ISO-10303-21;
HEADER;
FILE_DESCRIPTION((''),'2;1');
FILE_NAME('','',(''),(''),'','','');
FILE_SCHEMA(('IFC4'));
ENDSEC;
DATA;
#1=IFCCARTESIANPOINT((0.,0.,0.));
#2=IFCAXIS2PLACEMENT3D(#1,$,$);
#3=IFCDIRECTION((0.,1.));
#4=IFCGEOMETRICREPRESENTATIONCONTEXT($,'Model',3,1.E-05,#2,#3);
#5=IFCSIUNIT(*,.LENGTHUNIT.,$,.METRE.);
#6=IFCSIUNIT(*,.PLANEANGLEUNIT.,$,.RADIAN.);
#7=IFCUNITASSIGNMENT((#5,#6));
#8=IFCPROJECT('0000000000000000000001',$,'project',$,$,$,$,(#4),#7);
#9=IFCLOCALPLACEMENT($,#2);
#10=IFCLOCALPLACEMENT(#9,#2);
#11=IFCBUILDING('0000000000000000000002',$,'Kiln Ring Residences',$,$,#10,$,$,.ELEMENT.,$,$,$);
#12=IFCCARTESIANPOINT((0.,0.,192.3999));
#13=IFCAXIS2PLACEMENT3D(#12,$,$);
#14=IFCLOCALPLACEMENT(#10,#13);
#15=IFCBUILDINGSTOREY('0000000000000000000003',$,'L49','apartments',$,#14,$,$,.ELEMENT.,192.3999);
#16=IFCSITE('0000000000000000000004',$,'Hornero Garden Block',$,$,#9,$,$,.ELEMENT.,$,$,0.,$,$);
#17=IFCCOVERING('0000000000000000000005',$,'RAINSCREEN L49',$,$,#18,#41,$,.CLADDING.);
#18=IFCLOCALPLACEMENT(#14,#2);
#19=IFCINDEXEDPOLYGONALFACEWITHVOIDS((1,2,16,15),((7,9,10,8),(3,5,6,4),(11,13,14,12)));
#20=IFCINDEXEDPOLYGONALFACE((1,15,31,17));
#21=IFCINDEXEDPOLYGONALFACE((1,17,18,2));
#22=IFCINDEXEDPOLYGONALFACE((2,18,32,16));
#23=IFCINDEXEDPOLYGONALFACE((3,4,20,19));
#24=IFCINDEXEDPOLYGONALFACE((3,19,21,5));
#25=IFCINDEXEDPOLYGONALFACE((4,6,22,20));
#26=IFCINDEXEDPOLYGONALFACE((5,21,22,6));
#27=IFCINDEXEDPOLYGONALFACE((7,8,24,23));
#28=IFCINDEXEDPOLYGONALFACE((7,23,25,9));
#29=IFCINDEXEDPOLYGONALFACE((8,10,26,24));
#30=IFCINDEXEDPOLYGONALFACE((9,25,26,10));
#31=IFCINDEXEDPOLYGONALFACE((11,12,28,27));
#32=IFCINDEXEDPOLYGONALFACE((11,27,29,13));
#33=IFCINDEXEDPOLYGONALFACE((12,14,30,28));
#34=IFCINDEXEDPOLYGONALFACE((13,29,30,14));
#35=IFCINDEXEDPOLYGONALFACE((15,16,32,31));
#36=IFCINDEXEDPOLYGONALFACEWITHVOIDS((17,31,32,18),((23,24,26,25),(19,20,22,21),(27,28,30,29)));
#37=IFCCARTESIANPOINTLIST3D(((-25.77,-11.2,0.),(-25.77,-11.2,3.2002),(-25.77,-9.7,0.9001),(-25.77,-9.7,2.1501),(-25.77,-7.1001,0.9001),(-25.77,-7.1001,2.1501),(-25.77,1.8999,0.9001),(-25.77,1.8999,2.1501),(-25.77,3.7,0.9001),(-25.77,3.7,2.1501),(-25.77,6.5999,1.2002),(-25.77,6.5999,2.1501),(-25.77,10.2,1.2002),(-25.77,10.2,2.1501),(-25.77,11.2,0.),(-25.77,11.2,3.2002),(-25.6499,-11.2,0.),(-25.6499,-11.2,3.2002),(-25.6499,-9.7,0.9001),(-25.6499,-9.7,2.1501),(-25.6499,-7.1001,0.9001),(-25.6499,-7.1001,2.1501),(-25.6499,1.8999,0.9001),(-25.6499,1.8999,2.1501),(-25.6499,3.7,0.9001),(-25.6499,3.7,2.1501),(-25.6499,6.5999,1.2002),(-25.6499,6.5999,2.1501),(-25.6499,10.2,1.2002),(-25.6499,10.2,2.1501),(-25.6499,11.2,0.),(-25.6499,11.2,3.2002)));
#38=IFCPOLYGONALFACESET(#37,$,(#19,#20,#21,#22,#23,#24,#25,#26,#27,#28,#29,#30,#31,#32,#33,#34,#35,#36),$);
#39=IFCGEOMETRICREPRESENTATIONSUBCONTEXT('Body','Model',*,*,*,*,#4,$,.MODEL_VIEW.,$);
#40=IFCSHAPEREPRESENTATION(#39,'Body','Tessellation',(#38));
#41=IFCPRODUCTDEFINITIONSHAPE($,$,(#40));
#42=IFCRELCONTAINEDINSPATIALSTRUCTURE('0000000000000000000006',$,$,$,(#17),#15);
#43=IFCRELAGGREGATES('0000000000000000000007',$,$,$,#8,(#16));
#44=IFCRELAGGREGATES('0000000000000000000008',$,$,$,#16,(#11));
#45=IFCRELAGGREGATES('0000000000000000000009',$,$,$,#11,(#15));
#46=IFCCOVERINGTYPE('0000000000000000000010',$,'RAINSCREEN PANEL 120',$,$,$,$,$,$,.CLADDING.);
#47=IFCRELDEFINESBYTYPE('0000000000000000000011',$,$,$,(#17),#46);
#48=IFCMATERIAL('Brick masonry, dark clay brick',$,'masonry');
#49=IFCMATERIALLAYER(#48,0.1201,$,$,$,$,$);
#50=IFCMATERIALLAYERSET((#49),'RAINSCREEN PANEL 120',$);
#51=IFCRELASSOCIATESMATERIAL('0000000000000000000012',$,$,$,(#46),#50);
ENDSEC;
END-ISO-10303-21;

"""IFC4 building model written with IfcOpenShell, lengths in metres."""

from ifc_helpers import new_model, si_unit, direction, frame, origin, place, context, subcontext, project, spatial, polyline, outline, extrude, material, layer, layer_set, type_object, element, save


model = new_model("IFC4")

# Units and contexts
model_context = context("Model", 3, precision=1e-05, world=origin(), true_north=direction((0.0, 1.0)))
body_context = subcontext(model_context, "Body", "Model", "MODEL_VIEW")
ifc_project = project(units=[si_unit("LENGTHUNIT", "METRE"), si_unit("PLANEANGLEUNIT", "RADIAN")], contexts=[model_context])

# Site, building, storey
site_placement = place(None, origin())
site = spatial("IfcSite", under=ifc_project, at=site_placement, Name="Hornero Garden Block", CompositionType="ELEMENT", RefElevation=0.0)
building_placement = place(site_placement, origin())
building = spatial("IfcBuilding", under=site, at=building_placement, Name="Kiln Ring Residences", CompositionType="ELEMENT")
storey_placement = place(building_placement, frame((0.0, 0.0, 192.3999)))
storey = spatial("IfcBuildingStorey", under=building, at=storey_placement, Name="L49", Description="apartments", CompositionType="ELEMENT", Elevation=192.3999)

# Covering
ifc_material_1 = material(Name="Brick masonry, dark clay brick", Category="masonry")
ifc_layer_1 = layer(ifc_material_1, 0.1201)
ifc_layer_set_1 = layer_set([ifc_layer_1], Name="RAINSCREEN PANEL 120")
covering_type_1 = type_object("IfcCoveringType", Name="RAINSCREEN PANEL 120", PredefinedType="CLADDING", material=ifc_layer_set_1)
covering_1_placement = place(storey_placement, frame((-25.71, 11.2, 0.0), z_axis=(0.0, 0.0, 1.0), x_axis=(0.0, -1.0, 0.0)))
element("IfcCovering", 1, at=covering_1_placement, inside=storey, type_object=covering_type_1, Name="RAINSCREEN L49", PredefinedType="CLADDING", context=body_context, shape_type="SweptSolid", body=[
    extrude(outline(polyline([(0.0, 0.0), (22.3999, 0.0), (22.3999, 3.2002), (0.0, 3.2002), (0.0, 0.0)]), holes=[polyline([(9.3, 2.1501), (7.5, 2.1501), (7.5, 0.9001), (9.3, 0.9001), (9.3, 2.1501)]), polyline([(20.8999, 0.9001), (20.8999, 2.1501), (18.3, 2.1501), (18.3, 0.9001), (20.8999, 0.9001)]), polyline([(4.6001, 1.2002), (4.6001, 2.1501), (1.0, 2.1501), (1.0, 1.2002), (4.6001, 1.2002)])]), frame((0.0, 0.0601, 0.0), z_axis=(0.0, -1.0, 0.0), x_axis=(1.0, 0.0, 0.0)), (0.0, 0.0, 1.0), 0.1201),
])

save(model, "model.ifc")
